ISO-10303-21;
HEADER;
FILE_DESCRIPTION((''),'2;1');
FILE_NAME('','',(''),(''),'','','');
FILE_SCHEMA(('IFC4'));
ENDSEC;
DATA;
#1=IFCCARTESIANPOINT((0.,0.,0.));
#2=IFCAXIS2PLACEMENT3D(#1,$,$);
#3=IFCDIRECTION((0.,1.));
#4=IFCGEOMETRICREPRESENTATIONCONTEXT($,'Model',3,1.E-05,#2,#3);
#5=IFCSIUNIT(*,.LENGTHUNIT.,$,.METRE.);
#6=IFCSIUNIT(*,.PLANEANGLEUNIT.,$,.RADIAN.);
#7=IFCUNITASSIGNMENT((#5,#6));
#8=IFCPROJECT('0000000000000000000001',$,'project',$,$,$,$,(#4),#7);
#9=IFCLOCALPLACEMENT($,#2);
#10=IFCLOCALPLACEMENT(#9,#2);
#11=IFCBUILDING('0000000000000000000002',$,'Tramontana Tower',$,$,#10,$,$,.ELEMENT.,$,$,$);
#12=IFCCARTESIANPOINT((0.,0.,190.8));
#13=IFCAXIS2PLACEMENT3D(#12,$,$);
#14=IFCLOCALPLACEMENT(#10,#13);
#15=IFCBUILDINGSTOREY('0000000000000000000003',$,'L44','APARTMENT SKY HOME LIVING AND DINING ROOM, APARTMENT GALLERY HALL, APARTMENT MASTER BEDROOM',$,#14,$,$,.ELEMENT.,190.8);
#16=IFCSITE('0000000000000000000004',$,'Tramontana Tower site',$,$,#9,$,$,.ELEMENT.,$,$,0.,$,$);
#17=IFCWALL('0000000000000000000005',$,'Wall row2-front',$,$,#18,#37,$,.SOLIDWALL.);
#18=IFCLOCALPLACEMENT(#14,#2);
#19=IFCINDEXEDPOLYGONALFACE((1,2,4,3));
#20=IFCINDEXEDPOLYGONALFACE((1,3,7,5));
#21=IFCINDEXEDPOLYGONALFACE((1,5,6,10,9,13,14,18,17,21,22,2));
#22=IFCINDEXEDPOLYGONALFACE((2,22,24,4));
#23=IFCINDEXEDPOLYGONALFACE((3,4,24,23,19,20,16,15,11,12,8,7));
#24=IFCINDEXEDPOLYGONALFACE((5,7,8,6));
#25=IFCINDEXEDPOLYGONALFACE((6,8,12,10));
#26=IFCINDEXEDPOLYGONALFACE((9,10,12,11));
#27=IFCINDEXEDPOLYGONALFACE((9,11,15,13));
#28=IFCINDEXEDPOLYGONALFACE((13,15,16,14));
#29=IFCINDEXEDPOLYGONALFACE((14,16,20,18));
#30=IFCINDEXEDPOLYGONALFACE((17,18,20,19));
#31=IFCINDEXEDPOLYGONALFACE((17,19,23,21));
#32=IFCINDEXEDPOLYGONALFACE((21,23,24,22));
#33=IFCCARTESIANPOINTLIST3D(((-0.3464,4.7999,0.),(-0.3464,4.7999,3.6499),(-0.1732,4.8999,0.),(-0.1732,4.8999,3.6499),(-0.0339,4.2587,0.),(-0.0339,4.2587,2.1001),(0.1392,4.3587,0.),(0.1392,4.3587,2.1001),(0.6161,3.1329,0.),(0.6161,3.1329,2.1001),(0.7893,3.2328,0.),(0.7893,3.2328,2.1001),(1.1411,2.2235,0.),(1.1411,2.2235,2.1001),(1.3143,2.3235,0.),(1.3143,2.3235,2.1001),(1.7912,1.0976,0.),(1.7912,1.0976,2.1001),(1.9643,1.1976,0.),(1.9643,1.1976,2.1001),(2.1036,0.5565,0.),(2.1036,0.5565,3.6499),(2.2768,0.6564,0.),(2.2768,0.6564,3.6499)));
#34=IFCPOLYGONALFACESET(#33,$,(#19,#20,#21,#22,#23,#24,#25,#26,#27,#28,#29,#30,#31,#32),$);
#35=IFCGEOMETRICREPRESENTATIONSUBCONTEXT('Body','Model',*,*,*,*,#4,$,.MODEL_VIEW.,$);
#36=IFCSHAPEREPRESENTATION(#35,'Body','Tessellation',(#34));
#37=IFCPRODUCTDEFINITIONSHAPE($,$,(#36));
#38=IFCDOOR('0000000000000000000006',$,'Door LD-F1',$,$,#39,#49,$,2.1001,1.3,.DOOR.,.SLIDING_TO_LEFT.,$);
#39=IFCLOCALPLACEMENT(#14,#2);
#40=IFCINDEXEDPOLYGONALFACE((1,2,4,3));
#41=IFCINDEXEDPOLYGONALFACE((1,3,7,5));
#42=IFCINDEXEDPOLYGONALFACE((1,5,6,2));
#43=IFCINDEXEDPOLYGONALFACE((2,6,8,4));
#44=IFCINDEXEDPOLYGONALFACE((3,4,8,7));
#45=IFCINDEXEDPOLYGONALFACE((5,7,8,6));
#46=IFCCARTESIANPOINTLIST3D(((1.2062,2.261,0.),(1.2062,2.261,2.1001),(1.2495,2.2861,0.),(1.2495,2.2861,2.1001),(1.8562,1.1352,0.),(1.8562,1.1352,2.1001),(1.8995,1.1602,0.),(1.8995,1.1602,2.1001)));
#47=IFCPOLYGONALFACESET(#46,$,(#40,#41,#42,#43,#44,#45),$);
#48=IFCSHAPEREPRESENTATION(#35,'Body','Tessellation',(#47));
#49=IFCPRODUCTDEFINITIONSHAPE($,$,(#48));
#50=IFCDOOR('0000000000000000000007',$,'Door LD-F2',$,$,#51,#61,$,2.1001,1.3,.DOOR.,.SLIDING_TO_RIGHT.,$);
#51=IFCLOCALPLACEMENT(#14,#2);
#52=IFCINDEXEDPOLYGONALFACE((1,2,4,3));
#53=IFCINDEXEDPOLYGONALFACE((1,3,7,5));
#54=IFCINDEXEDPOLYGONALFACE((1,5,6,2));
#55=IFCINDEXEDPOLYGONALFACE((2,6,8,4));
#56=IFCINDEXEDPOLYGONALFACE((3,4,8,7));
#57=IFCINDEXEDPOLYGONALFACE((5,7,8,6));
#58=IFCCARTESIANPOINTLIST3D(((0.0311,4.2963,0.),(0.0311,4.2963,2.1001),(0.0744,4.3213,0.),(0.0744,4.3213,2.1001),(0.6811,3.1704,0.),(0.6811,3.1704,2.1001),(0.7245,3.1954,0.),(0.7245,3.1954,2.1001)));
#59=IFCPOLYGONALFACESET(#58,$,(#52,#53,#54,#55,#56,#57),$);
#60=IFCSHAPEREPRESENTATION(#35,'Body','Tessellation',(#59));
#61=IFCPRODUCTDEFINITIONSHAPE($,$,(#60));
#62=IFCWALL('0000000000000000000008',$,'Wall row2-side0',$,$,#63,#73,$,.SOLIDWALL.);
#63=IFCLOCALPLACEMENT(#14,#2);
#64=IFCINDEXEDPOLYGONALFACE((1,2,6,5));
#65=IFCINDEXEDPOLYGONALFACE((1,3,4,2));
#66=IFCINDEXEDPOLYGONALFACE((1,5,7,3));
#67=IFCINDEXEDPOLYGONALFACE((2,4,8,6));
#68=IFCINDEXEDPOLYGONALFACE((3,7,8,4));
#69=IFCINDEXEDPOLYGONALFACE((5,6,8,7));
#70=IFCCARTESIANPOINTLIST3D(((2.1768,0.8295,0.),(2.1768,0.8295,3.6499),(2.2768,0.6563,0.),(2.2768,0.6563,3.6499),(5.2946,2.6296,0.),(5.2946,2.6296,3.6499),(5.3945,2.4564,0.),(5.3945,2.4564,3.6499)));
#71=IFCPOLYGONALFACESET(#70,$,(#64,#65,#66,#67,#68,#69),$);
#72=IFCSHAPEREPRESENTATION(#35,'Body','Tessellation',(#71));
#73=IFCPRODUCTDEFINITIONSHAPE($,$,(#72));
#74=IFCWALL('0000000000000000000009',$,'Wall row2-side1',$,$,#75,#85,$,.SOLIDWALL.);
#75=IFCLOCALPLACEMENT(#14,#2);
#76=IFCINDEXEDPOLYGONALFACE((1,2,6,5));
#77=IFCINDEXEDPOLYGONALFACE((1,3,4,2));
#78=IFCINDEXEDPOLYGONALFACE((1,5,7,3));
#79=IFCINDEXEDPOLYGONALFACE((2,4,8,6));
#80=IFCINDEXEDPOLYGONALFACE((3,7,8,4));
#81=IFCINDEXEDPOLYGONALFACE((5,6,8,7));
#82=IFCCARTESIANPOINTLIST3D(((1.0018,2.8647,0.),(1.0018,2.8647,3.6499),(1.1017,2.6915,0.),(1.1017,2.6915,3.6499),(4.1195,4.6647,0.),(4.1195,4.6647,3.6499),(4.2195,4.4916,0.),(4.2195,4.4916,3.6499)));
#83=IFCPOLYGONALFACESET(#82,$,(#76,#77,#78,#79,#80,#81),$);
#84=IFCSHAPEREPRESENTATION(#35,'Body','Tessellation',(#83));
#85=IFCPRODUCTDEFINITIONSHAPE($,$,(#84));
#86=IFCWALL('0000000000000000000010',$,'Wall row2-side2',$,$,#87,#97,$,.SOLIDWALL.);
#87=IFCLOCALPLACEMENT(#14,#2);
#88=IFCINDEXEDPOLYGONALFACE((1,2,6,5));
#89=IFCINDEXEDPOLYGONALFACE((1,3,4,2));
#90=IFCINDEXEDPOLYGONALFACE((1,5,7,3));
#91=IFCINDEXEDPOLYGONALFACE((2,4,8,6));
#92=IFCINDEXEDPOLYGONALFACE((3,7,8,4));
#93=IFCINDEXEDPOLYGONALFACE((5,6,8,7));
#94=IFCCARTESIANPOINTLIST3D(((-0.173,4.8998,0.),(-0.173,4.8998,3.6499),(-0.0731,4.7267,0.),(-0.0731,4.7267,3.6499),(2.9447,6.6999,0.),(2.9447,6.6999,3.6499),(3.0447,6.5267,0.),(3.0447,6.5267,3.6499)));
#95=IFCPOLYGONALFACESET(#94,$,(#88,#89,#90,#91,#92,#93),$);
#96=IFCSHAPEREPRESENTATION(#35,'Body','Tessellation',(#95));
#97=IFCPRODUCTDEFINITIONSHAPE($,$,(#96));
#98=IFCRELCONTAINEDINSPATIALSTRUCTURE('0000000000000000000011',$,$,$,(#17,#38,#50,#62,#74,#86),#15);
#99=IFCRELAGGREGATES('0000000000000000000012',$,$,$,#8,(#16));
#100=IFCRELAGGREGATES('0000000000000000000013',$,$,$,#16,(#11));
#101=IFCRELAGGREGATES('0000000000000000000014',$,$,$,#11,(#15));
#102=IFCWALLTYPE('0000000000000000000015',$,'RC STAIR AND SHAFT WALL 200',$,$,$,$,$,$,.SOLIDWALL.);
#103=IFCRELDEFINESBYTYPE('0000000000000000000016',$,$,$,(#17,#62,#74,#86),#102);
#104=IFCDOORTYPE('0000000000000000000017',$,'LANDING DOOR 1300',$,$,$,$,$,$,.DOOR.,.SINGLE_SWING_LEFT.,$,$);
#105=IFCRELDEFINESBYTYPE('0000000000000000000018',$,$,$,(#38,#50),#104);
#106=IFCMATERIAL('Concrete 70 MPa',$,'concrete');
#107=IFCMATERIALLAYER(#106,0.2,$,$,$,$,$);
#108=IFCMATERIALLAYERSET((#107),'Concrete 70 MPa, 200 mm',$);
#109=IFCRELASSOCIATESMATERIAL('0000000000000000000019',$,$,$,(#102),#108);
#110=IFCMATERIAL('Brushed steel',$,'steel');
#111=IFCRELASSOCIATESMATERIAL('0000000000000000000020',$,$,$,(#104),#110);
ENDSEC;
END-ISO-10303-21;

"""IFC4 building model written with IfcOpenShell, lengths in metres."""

from ifc_helpers import new_model, si_unit, direction, frame, frame_2d, origin, place, context, subcontext, project, spatial, rectangle, extrude, material, layer, layer_set, type_object, element, fill, save


model = new_model("IFC4")

# Units and contexts
model_context = context("Model", 3, precision=1e-05, world=origin(), true_north=direction((0.0, 1.0)))
body_context = subcontext(model_context, "Body", "Model", "MODEL_VIEW")
ifc_project = project(units=[si_unit("LENGTHUNIT", "METRE"), si_unit("PLANEANGLEUNIT", "RADIAN")], contexts=[model_context])

# Site, building, storey
site_placement = place(None, origin())
site = spatial("IfcSite", under=ifc_project, at=site_placement, Name="Tramontana Tower site", CompositionType="ELEMENT", RefElevation=0.0)
building_placement = place(site_placement, origin())
building = spatial("IfcBuilding", under=site, at=building_placement, Name="Tramontana Tower", CompositionType="ELEMENT")
storey_placement = place(building_placement, frame((0.0, 0.0, 190.8)))
storey = spatial("IfcBuildingStorey", under=building, at=storey_placement, Name="L44", Description="APARTMENT SKY HOME LIVING AND DINING ROOM, APARTMENT GALLERY HALL, APARTMENT MASTER BEDROOM", CompositionType="ELEMENT", Elevation=190.8)

# Shared definitions
ifc_material_1 = material(Name="Concrete 70 MPa", Category="concrete")
ifc_layer_1 = layer(ifc_material_1, 0.2)
ifc_layer_set_1 = layer_set([ifc_layer_1], Name="Concrete 70 MPa, 200 mm")
wall_type_1 = type_object("IfcWallType", Name="RC STAIR AND SHAFT WALL 200", PredefinedType="SOLIDWALL", material=ifc_layer_set_1)

# Wall, openings, doors
wall_1_placement = place(storey_placement, frame((2.1902, 0.6064, 0.0), z_axis=(0.0, 0.0, 1.0), x_axis=(-0.500003, 0.866024, 0.0)))
wall_1 = element("IfcWall", 1, at=wall_1_placement, inside=storey, type_object=wall_type_1, Name="Wall row2-front", PredefinedType="SOLIDWALL", context=body_context, shape_type="SweptSolid", body=[
    extrude(rectangle(XDim=4.8999, YDim=0.2, at=frame_2d((2.45, 0.0))), origin(), (0.0, 0.0, 1.0), 3.6499),
])
opening_1_placement = place(wall_1_placement, frame((0.625, 0.0, 0.0)))
opening_1 = element("IfcOpeningElement", 2, at=opening_1_placement, cuts=wall_1, PredefinedType="OPENING", context=body_context, shape_type="SweptSolid", body=[
    extrude(rectangle(XDim=1.3, YDim=2.1001, at=frame_2d((0.6499, 1.05))), frame((0.0, 0.1099, 0.0), z_axis=(0.0, -1.0, 0.0), x_axis=(1.0, 0.0, 0.0)), (0.0, 0.0, 1.0), 0.22),
])
opening_2_placement = place(wall_1_placement, frame((2.9751, 0.0, 0.0)))
opening_2 = element("IfcOpeningElement", 3, at=opening_2_placement, cuts=wall_1, PredefinedType="OPENING", context=body_context, shape_type="SweptSolid", body=[
    extrude(rectangle(XDim=1.3, YDim=2.1001, at=frame_2d((0.6499, 1.05))), frame((0.0, 0.1099, 0.0), z_axis=(0.0, -1.0, 0.0), x_axis=(1.0, 0.0, 0.0)), (0.0, 0.0, 1.0), 0.22),
])
ifc_material_2 = material(Name="Brushed steel", Category="steel")
door_type_1 = type_object("IfcDoorType", Name="LANDING DOOR 1300", OperationType="SINGLE_SWING_LEFT", PredefinedType="DOOR", material=ifc_material_2)
door_1_placement = place(opening_1_placement, origin())
door_1 = element("IfcDoor", 4, at=door_1_placement, inside=storey, type_object=door_type_1, Name="Door LD-F1", OperationType="SLIDING_TO_LEFT", OverallHeight=2.1001, OverallWidth=1.3, PredefinedType="DOOR", context=body_context, shape_type="SweptSolid", body=[
    extrude(rectangle(XDim=1.3, YDim=2.1001, at=frame_2d((0.6499, 1.05))), frame((0.0, 0.0249, 0.0), z_axis=(0.0, -1.0, 0.0), x_axis=(1.0, 0.0, 0.0)), (0.0, 0.0, 1.0), 0.05),
])
fill(opening_1, door_1)
door_2_placement = place(opening_2_placement, origin())
door_2 = element("IfcDoor", 5, at=door_2_placement, inside=storey, type_object=door_type_1, Name="Door LD-F2", OperationType="SLIDING_TO_RIGHT", OverallHeight=2.1001, OverallWidth=1.3, PredefinedType="DOOR", context=body_context, shape_type="SweptSolid", body=[
    extrude(rectangle(XDim=1.3, YDim=2.1001, at=frame_2d((0.6499, 1.05))), frame((0.0, 0.0249, 0.0), z_axis=(0.0, -1.0, 0.0), x_axis=(1.0, 0.0, 0.0)), (0.0, 0.0, 1.0), 0.05),
])
fill(opening_2, door_2)

# Walls
for number, where, z_axis, x_axis, name in (
    (6, (2.2268, 0.7429, 0.0), (0.0, 0.0, 1.0), (0.866018, 0.500012, 0.0), "Wall row2-side0"),
    (7, (1.0518, 2.7781, 0.0), (0.0, 0.0, 1.0), (0.866018, 0.500012, 0.0), "Wall row2-side1"),
    (8, (-0.123, 4.8132, 0.0), (0.0, 0.0, 1.0), (0.866018, 0.500012, 0.0), "Wall row2-side2"),
):
    element("IfcWall", number, at=place(storey_placement, frame(where, z_axis=z_axis, x_axis=x_axis)), inside=storey, type_object=wall_type_1, Name=name, PredefinedType="SOLIDWALL", context=body_context, shape_type="SweptSolid", body=[
        extrude(rectangle(XDim=3.6001, YDim=0.2, at=frame_2d((1.8, 0.0))), origin(), (0.0, 0.0, 1.0), 3.6499),
    ])

save(model, "model.ifc")
